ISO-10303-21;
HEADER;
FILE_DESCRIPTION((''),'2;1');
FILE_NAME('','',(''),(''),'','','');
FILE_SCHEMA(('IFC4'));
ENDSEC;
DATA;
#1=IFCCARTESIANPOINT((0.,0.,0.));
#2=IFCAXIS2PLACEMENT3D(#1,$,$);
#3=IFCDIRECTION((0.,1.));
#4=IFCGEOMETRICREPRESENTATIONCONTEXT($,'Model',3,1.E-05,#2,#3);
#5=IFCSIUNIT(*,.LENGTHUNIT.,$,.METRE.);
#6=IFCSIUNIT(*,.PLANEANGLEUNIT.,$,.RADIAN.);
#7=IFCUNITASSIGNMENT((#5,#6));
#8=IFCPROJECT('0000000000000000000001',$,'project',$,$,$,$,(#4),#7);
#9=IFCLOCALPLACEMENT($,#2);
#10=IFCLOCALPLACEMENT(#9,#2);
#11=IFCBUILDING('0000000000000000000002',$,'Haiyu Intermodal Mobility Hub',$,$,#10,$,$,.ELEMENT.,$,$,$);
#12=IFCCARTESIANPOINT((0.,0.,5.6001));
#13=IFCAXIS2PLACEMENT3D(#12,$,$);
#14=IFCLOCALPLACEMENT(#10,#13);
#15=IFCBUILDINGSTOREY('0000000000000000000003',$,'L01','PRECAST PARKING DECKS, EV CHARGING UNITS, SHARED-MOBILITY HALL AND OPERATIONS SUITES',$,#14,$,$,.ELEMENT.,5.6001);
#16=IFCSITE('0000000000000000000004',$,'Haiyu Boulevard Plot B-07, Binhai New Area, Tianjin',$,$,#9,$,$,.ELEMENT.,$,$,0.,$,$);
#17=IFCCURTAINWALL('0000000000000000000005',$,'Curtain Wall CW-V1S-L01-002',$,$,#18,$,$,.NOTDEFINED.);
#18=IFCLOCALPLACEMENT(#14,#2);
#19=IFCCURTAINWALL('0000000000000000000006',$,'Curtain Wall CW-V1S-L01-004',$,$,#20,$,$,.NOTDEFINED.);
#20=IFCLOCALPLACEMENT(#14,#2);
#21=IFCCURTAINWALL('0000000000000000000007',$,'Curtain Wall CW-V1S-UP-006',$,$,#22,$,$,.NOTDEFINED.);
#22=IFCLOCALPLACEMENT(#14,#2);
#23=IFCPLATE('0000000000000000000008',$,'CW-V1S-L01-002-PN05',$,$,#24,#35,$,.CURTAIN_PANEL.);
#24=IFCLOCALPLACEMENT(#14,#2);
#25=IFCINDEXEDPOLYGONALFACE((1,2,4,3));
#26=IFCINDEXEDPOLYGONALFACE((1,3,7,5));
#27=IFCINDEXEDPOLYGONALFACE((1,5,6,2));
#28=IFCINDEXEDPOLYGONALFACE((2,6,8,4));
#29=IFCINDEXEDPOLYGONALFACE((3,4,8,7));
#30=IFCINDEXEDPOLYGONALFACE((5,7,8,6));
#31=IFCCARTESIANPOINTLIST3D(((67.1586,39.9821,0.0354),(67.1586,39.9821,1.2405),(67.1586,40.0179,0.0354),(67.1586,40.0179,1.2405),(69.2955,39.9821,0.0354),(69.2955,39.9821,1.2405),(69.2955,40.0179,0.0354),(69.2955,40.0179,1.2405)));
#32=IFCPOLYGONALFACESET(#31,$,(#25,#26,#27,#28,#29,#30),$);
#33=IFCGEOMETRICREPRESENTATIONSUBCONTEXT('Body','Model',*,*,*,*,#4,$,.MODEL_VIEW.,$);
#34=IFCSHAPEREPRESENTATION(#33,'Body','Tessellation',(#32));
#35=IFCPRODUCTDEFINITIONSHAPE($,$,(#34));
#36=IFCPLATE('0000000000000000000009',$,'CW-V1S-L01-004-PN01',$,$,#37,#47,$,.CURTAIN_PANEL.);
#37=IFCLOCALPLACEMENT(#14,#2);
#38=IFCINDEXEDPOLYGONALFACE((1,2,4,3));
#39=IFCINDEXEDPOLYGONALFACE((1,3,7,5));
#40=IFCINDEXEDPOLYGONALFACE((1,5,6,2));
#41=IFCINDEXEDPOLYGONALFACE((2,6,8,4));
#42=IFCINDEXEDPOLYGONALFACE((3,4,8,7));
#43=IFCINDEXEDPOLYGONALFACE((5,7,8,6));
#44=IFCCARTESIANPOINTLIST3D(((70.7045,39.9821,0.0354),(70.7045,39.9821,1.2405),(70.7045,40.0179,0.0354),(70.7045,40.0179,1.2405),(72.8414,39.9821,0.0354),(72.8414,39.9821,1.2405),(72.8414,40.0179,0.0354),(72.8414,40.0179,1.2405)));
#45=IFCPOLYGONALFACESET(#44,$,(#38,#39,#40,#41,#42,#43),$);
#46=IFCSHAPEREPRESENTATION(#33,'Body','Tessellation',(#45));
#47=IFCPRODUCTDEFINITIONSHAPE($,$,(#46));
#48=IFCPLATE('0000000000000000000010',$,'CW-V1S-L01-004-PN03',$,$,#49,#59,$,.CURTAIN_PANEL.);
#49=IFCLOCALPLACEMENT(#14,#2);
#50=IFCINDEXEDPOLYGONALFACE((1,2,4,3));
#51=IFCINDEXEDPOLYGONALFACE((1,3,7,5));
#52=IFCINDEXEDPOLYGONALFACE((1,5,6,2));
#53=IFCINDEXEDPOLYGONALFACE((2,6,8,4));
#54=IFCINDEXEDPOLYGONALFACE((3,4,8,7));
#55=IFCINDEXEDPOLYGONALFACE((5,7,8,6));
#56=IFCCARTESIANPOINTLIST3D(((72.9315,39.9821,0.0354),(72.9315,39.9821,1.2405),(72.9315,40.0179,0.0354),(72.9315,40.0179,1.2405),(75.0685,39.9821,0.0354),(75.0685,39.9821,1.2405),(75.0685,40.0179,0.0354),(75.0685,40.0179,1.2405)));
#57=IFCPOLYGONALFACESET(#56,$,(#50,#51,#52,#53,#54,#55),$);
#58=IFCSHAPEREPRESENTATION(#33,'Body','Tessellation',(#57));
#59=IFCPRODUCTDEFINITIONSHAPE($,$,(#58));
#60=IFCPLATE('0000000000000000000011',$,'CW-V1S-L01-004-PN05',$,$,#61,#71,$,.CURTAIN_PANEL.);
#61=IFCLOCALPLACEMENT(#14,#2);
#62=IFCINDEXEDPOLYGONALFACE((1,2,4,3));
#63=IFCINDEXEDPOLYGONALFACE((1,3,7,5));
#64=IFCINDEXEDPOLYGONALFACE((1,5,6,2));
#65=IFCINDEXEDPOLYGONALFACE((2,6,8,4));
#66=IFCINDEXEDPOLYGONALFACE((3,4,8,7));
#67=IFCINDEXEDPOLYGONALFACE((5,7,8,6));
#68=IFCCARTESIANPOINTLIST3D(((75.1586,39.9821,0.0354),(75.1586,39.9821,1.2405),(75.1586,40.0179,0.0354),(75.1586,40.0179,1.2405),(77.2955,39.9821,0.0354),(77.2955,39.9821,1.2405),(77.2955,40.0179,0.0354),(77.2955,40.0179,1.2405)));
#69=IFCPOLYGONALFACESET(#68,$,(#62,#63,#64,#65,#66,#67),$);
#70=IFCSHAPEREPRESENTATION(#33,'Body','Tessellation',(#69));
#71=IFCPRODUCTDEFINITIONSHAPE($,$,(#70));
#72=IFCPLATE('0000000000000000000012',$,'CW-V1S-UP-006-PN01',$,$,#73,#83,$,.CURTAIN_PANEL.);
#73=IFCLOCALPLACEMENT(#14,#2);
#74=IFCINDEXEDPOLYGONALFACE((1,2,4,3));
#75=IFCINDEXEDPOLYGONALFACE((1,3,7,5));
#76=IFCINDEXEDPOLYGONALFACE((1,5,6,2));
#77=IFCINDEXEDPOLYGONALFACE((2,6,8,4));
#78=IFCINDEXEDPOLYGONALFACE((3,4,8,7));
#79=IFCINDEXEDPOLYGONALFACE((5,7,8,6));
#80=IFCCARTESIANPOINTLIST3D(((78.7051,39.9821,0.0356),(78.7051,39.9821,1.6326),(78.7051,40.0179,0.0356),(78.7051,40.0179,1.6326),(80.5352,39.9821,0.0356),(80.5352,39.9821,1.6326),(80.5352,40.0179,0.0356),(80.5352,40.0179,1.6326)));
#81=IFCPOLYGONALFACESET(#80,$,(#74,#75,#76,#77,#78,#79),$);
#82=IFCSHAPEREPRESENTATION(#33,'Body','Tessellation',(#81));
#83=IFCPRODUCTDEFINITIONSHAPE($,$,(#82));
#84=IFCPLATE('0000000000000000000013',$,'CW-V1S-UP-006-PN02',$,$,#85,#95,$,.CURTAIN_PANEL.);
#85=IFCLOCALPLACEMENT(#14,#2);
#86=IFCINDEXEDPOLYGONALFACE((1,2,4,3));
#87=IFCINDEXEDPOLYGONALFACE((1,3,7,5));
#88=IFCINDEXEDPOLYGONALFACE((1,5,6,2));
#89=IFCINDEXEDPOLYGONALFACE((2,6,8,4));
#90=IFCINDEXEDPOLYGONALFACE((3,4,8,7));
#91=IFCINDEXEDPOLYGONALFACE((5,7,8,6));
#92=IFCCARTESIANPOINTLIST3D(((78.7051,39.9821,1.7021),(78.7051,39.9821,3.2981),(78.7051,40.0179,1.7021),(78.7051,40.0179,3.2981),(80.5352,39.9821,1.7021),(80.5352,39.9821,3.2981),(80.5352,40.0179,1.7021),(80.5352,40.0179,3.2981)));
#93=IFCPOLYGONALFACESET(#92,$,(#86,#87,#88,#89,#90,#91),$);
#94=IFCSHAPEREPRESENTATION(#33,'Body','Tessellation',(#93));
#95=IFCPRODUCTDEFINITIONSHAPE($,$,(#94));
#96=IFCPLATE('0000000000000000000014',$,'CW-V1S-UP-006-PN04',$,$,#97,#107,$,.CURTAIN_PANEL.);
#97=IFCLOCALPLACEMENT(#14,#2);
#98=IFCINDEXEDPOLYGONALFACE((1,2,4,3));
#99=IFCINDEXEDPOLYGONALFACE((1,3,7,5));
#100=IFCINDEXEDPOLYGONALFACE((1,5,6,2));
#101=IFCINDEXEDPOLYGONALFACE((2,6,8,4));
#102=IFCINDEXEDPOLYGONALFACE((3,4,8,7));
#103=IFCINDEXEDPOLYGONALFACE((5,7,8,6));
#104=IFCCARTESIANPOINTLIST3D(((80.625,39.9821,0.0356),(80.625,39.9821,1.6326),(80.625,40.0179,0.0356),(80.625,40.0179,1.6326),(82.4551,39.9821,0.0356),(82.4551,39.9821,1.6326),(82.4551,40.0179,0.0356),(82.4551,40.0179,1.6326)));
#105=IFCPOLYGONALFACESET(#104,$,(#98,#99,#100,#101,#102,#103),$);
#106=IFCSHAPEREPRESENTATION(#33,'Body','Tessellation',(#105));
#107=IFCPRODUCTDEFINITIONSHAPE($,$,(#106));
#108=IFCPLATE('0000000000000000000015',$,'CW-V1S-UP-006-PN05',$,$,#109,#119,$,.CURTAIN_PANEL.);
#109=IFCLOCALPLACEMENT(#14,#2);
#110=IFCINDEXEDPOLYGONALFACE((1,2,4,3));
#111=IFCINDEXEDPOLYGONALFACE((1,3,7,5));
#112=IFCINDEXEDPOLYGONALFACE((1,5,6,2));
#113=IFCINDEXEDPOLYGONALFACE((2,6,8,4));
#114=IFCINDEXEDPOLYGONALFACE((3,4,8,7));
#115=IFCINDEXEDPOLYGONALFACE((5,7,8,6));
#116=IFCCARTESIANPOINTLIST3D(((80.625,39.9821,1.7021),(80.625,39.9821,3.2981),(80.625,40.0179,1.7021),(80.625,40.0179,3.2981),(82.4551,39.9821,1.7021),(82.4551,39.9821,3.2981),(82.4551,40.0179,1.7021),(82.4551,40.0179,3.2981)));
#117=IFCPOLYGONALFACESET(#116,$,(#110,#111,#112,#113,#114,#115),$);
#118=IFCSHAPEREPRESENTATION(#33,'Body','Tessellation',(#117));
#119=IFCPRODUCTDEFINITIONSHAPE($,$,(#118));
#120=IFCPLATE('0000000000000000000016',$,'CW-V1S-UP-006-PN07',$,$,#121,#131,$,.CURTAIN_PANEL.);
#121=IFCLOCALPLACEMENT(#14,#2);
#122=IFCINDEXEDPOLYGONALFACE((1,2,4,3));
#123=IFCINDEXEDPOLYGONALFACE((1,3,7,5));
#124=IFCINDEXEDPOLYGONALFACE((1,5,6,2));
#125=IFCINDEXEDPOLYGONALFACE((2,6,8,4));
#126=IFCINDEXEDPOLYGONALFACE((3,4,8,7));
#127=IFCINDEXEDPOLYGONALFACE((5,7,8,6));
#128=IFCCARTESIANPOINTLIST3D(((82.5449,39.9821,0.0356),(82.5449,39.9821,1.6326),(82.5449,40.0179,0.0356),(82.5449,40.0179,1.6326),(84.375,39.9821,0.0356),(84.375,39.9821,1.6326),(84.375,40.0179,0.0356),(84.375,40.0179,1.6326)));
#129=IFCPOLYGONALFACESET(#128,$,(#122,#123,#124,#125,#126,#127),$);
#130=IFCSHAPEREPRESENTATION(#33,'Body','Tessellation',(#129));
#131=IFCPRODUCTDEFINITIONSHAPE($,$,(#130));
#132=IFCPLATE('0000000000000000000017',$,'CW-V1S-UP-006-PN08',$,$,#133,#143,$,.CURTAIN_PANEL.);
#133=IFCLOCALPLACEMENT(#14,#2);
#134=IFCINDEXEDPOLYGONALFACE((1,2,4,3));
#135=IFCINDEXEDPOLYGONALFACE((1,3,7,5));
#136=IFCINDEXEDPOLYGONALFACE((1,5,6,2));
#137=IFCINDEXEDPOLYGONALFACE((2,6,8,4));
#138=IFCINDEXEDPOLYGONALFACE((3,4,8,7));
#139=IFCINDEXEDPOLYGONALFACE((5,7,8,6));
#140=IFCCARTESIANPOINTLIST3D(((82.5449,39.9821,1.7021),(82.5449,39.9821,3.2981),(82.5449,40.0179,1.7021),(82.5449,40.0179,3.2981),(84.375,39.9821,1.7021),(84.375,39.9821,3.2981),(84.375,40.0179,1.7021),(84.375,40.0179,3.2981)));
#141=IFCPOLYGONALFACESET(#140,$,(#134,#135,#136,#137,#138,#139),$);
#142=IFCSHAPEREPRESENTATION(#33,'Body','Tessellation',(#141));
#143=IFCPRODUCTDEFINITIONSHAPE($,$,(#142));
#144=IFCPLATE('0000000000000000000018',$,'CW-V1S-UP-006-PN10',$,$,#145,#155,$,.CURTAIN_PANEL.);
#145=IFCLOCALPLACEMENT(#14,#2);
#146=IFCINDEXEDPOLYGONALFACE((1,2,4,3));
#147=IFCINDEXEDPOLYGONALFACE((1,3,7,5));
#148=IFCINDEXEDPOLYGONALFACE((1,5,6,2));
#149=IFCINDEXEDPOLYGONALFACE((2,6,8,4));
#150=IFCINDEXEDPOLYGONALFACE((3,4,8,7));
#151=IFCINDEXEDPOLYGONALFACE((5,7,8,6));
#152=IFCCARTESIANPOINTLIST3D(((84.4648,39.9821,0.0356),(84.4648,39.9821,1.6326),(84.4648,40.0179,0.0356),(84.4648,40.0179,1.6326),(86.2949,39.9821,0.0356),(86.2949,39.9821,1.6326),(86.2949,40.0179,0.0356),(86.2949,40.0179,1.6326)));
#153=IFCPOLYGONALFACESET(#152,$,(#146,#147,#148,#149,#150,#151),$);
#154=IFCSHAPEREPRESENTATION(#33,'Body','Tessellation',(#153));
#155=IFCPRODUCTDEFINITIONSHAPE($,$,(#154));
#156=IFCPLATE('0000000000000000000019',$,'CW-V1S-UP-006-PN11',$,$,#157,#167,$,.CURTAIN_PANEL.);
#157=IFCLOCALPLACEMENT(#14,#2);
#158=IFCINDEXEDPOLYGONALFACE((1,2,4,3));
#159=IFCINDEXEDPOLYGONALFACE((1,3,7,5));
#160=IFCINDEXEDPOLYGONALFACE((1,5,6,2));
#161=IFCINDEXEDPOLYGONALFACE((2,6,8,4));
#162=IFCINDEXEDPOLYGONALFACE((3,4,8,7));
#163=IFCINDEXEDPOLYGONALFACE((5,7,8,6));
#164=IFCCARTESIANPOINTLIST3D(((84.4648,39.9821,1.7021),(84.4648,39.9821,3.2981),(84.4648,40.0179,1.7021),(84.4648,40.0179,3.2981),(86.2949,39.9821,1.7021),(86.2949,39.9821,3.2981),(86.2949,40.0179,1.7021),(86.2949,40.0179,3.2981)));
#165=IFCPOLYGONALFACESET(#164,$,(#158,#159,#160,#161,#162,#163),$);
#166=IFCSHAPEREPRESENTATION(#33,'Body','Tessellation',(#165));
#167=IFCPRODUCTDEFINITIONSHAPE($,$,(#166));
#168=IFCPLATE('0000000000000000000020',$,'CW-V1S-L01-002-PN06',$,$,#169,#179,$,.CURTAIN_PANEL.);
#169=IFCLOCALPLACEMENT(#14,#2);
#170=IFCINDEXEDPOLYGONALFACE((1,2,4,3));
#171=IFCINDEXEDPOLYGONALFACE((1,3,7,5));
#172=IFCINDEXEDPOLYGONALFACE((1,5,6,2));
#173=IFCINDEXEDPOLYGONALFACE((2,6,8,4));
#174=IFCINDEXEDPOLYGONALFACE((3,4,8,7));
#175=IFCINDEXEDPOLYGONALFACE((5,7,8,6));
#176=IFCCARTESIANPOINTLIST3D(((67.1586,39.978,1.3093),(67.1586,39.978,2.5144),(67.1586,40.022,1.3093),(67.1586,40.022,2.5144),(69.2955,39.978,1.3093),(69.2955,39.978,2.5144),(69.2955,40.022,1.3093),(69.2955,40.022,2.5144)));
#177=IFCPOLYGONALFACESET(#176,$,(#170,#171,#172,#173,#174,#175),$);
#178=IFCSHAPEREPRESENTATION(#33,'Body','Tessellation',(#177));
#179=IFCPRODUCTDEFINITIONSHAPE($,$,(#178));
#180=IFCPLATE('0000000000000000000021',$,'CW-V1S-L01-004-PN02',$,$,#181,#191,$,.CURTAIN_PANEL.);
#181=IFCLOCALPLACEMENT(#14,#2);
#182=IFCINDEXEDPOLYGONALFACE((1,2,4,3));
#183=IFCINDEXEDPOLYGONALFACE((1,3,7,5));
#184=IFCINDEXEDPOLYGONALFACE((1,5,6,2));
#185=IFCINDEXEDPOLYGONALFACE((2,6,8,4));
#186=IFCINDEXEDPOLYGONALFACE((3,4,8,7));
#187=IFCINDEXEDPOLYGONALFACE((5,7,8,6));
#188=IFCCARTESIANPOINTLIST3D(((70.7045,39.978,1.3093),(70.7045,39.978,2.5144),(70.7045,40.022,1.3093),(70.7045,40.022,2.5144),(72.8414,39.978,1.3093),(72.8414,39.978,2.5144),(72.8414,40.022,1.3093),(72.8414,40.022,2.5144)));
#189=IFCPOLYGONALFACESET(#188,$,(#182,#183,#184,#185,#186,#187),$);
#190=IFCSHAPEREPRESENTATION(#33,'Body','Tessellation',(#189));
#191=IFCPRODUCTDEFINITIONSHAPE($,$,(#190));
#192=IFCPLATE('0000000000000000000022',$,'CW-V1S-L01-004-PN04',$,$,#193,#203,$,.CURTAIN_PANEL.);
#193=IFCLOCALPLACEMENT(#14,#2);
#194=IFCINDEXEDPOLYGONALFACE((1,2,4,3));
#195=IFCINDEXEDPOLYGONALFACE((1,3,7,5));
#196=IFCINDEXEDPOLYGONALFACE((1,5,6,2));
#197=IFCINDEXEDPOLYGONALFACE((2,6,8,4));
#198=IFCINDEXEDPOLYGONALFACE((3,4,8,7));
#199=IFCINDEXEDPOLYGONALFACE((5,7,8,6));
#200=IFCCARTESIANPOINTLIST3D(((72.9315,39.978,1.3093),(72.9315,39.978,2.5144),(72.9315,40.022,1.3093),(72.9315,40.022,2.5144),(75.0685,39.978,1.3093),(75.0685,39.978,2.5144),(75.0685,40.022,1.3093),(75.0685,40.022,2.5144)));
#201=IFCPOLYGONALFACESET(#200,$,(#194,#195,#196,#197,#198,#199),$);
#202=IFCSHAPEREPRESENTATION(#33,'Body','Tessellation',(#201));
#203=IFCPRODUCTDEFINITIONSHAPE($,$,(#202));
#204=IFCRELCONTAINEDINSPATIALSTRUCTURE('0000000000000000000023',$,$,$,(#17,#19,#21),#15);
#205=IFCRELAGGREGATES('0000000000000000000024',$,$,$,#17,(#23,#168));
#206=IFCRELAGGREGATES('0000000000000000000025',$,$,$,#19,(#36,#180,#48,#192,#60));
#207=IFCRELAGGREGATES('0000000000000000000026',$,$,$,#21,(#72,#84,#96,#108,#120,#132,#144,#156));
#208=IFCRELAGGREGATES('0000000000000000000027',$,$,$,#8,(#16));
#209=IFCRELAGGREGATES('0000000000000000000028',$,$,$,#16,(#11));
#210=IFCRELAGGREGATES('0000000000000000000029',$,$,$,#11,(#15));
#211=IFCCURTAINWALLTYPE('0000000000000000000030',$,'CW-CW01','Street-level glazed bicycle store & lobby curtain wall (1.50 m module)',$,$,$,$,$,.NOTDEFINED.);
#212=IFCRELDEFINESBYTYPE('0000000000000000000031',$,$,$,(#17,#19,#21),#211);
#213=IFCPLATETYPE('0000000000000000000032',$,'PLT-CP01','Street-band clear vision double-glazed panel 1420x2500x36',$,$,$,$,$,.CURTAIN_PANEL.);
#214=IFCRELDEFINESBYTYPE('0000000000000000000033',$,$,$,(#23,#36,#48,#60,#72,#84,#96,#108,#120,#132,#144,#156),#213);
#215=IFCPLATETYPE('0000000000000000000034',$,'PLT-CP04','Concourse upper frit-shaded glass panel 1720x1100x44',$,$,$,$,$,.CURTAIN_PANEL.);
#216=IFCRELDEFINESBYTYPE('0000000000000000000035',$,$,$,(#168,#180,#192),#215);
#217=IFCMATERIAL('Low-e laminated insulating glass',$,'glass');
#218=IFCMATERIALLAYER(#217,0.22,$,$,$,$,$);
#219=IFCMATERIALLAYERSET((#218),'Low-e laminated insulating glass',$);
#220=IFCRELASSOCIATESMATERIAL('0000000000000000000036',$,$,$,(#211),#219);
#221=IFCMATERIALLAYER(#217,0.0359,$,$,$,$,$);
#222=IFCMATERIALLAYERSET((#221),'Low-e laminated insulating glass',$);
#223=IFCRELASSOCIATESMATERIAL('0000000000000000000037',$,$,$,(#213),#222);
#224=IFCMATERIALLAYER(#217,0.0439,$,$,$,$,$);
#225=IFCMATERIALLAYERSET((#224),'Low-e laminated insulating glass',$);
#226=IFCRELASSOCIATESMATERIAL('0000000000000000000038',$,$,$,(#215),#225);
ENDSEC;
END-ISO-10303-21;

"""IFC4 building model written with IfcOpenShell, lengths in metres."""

from ifc_helpers import new_model, si_unit, direction, frame, origin, origin_2d, place, context, subcontext, project, spatial, rectangle, extrude, material, layer, layer_set, type_object, element, aggregate, save


model = new_model("IFC4")

# Units and contexts
model_context = context("Model", 3, precision=1e-05, world=origin(), true_north=direction((0.0, 1.0)))
body_context = subcontext(model_context, "Body", "Model", "MODEL_VIEW")
ifc_project = project(units=[si_unit("LENGTHUNIT", "METRE"), si_unit("PLANEANGLEUNIT", "RADIAN")], contexts=[model_context])

# Site, building, storey
site_placement = place(None, origin())
site = spatial("IfcSite", under=ifc_project, at=site_placement, Name="Haiyu Boulevard Plot B-07, Binhai New Area, Tianjin", CompositionType="ELEMENT", RefElevation=0.0)
building_placement = place(site_placement, origin())
building = spatial("IfcBuilding", under=site, at=building_placement, Name="Haiyu Intermodal Mobility Hub", CompositionType="ELEMENT")
storey_placement = place(building_placement, frame((0.0, 0.0, 5.6001)))
storey = spatial("IfcBuildingStorey", under=building, at=storey_placement, Name="L01", Description="PRECAST PARKING DECKS, EV CHARGING UNITS, SHARED-MOBILITY HALL AND OPERATIONS SUITES", CompositionType="ELEMENT", Elevation=5.6001)

# Curtain walls
ifc_material_1 = material(Name="Low-e laminated insulating glass", Category="glass")
ifc_layer_1 = layer(ifc_material_1, 0.22)
ifc_layer_set_1 = layer_set([ifc_layer_1], Name="Low-e laminated insulating glass")
curtain_wall_type = type_object("IfcCurtainWallType", Name="CW-CW01", Description="Street-level glazed bicycle store & lobby curtain wall (1.50 m module)", PredefinedType="NOTDEFINED", material=ifc_layer_set_1)
curtain_wall_1_placement = place(storey_placement, origin())
curtain_wall_1 = element("IfcCurtainWall", 1, at=curtain_wall_1_placement, inside=storey, type_object=curtain_wall_type, Name="Curtain Wall CW-V1S-L01-002", PredefinedType="NOTDEFINED")
curtain_wall_2_placement = place(storey_placement, origin())
curtain_wall_2 = element("IfcCurtainWall", 2, at=curtain_wall_2_placement, inside=storey, type_object=curtain_wall_type, Name="Curtain Wall CW-V1S-L01-004", PredefinedType="NOTDEFINED")
curtain_wall_3_placement = place(storey_placement, origin())
curtain_wall_3 = element("IfcCurtainWall", 3, at=curtain_wall_3_placement, inside=storey, type_object=curtain_wall_type, Name="Curtain Wall CW-V1S-UP-006", PredefinedType="NOTDEFINED")

# Plates
ifc_layer_2 = layer(ifc_material_1, 0.0359)
ifc_layer_set_2 = layer_set([ifc_layer_2], Name="Low-e laminated insulating glass")
plate_type_1 = type_object("IfcPlateType", Name="PLT-CP01", Description="Street-band clear vision double-glazed panel 1420x2500x36", PredefinedType="CURTAIN_PANEL", material=ifc_layer_set_2)
plate_1_placement = place(storey_placement, frame((68.2271, 40.0, 0.0354), z_axis=(0.0, 0.0, 1.0), x_axis=(1.0, 0.0, 0.0)))
plate_1 = element("IfcPlate", 4, at=plate_1_placement, type_object=plate_type_1, Name="CW-V1S-L01-002-PN05", PredefinedType="CURTAIN_PANEL", context=body_context, shape_type="SweptSolid", body=[
    extrude(rectangle(XDim=2.137, YDim=0.0359, at=origin_2d()), origin(), (0.0, 0.0, 1.0), 1.2051),
])
plate_2_placement = place(storey_placement, frame((71.7729, 40.0, 0.0354), z_axis=(0.0, 0.0, 1.0), x_axis=(1.0, 0.0, 0.0)))
plate_2 = element("IfcPlate", 5, at=plate_2_placement, type_object=plate_type_1, Name="CW-V1S-L01-004-PN01", PredefinedType="CURTAIN_PANEL", context=body_context, shape_type="SweptSolid", body=[
    extrude(rectangle(XDim=2.137, YDim=0.0359, at=origin_2d()), origin(), (0.0, 0.0, 1.0), 1.2051),
])
plate_3_placement = place(storey_placement, frame((74.0, 40.0, 0.0354), z_axis=(0.0, 0.0, 1.0), x_axis=(1.0, 0.0, 0.0)))
plate_3 = element("IfcPlate", 6, at=plate_3_placement, type_object=plate_type_1, Name="CW-V1S-L01-004-PN03", PredefinedType="CURTAIN_PANEL", context=body_context, shape_type="SweptSolid", body=[
    extrude(rectangle(XDim=2.137, YDim=0.0359, at=origin_2d()), origin(), (0.0, 0.0, 1.0), 1.2051),
])
plate_4_placement = place(storey_placement, frame((76.2271, 40.0, 0.0354), z_axis=(0.0, 0.0, 1.0), x_axis=(1.0, 0.0, 0.0)))
plate_4 = element("IfcPlate", 7, at=plate_4_placement, type_object=plate_type_1, Name="CW-V1S-L01-004-PN05", PredefinedType="CURTAIN_PANEL", context=body_context, shape_type="SweptSolid", body=[
    extrude(rectangle(XDim=2.137, YDim=0.0359, at=origin_2d()), origin(), (0.0, 0.0, 1.0), 1.2051),
])
plate_5_placement = place(storey_placement, frame((79.6201, 40.0, 0.0356), z_axis=(0.0, 0.0, 1.0), x_axis=(1.0, 0.0, 0.0)))
plate_5 = element("IfcPlate", 8, at=plate_5_placement, type_object=plate_type_1, Name="CW-V1S-UP-006-PN01", PredefinedType="CURTAIN_PANEL", context=body_context, shape_type="SweptSolid", body=[
    extrude(rectangle(XDim=1.8301, YDim=0.0359, at=origin_2d()), origin(), (0.0, 0.0, 1.0), 1.5969),
])
plate_6_placement = place(storey_placement, frame((79.6201, 40.0, 1.7021), z_axis=(0.0, 0.0, 1.0), x_axis=(1.0, 0.0, 0.0)))
plate_6 = element("IfcPlate", 9, at=plate_6_placement, type_object=plate_type_1, Name="CW-V1S-UP-006-PN02", PredefinedType="CURTAIN_PANEL", context=body_context, shape_type="SweptSolid", body=[
    extrude(rectangle(XDim=1.8301, YDim=0.0359, at=origin_2d()), origin(), (0.0, 0.0, 1.0), 1.5959),
])
plate_7_placement = place(storey_placement, frame((81.54, 40.0, 0.0356), z_axis=(0.0, 0.0, 1.0), x_axis=(1.0, 0.0, 0.0)))
plate_7 = element("IfcPlate", 10, at=plate_7_placement, type_object=plate_type_1, Name="CW-V1S-UP-006-PN04", PredefinedType="CURTAIN_PANEL", context=body_context, shape_type="SweptSolid", body=[
    extrude(rectangle(XDim=1.8301, YDim=0.0359, at=origin_2d()), origin(), (0.0, 0.0, 1.0), 1.5969),
])
plate_8_placement = place(storey_placement, frame((81.54, 40.0, 1.7021), z_axis=(0.0, 0.0, 1.0), x_axis=(1.0, 0.0, 0.0)))
plate_8 = element("IfcPlate", 11, at=plate_8_placement, type_object=plate_type_1, Name="CW-V1S-UP-006-PN05", PredefinedType="CURTAIN_PANEL", context=body_context, shape_type="SweptSolid", body=[
    extrude(rectangle(XDim=1.8301, YDim=0.0359, at=origin_2d()), origin(), (0.0, 0.0, 1.0), 1.5959),
])
plate_9_placement = place(storey_placement, frame((83.46, 40.0, 0.0356), z_axis=(0.0, 0.0, 1.0), x_axis=(1.0, 0.0, 0.0)))
plate_9 = element("IfcPlate", 12, at=plate_9_placement, type_object=plate_type_1, Name="CW-V1S-UP-006-PN07", PredefinedType="CURTAIN_PANEL", context=body_context, shape_type="SweptSolid", body=[
    extrude(rectangle(XDim=1.8301, YDim=0.0359, at=origin_2d()), origin(), (0.0, 0.0, 1.0), 1.5969),
])
plate_10_placement = place(storey_placement, frame((83.46, 40.0, 1.7021), z_axis=(0.0, 0.0, 1.0), x_axis=(1.0, 0.0, 0.0)))
plate_10 = element("IfcPlate", 13, at=plate_10_placement, type_object=plate_type_1, Name="CW-V1S-UP-006-PN08", PredefinedType="CURTAIN_PANEL", context=body_context, shape_type="SweptSolid", body=[
    extrude(rectangle(XDim=1.8301, YDim=0.0359, at=origin_2d()), origin(), (0.0, 0.0, 1.0), 1.5959),
])
plate_11_placement = place(storey_placement, frame((85.3799, 40.0, 0.0356), z_axis=(0.0, 0.0, 1.0), x_axis=(1.0, 0.0, 0.0)))
plate_11 = element("IfcPlate", 14, at=plate_11_placement, type_object=plate_type_1, Name="CW-V1S-UP-006-PN10", PredefinedType="CURTAIN_PANEL", context=body_context, shape_type="SweptSolid", body=[
    extrude(rectangle(XDim=1.8301, YDim=0.0359, at=origin_2d()), origin(), (0.0, 0.0, 1.0), 1.5969),
])
plate_12_placement = place(storey_placement, frame((85.3799, 40.0, 1.7021), z_axis=(0.0, 0.0, 1.0), x_axis=(1.0, 0.0, 0.0)))
plate_12 = element("IfcPlate", 15, at=plate_12_placement, type_object=plate_type_1, Name="CW-V1S-UP-006-PN11", PredefinedType="CURTAIN_PANEL", context=body_context, shape_type="SweptSolid", body=[
    extrude(rectangle(XDim=1.8301, YDim=0.0359, at=origin_2d()), origin(), (0.0, 0.0, 1.0), 1.5959),
])
ifc_layer_3 = layer(ifc_material_1, 0.0439)
ifc_layer_set_3 = layer_set([ifc_layer_3], Name="Low-e laminated insulating glass")
plate_type_2 = type_object("IfcPlateType", Name="PLT-CP04", Description="Concourse upper frit-shaded glass panel 1720x1100x44", PredefinedType="CURTAIN_PANEL", material=ifc_layer_set_3)
plate_13_placement = place(storey_placement, frame((68.2271, 40.0, 1.3093), z_axis=(0.0, 0.0, 1.0), x_axis=(1.0, 0.0, 0.0)))
plate_13 = element("IfcPlate", 16, at=plate_13_placement, type_object=plate_type_2, Name="CW-V1S-L01-002-PN06", PredefinedType="CURTAIN_PANEL", context=body_context, shape_type="SweptSolid", body=[
    extrude(rectangle(XDim=2.137, YDim=0.0439, at=origin_2d()), origin(), (0.0, 0.0, 1.0), 1.2051),
])
aggregate(curtain_wall_1, [plate_1, plate_13])
plate_14_placement = place(storey_placement, frame((71.7729, 40.0, 1.3093), z_axis=(0.0, 0.0, 1.0), x_axis=(1.0, 0.0, 0.0)))
plate_14 = element("IfcPlate", 17, at=plate_14_placement, type_object=plate_type_2, Name="CW-V1S-L01-004-PN02", PredefinedType="CURTAIN_PANEL", context=body_context, shape_type="SweptSolid", body=[
    extrude(rectangle(XDim=2.137, YDim=0.0439, at=origin_2d()), origin(), (0.0, 0.0, 1.0), 1.2051),
])
plate_15_placement = place(storey_placement, frame((74.0, 40.0, 1.3093), z_axis=(0.0, 0.0, 1.0), x_axis=(1.0, 0.0, 0.0)))
plate_15 = element("IfcPlate", 18, at=plate_15_placement, type_object=plate_type_2, Name="CW-V1S-L01-004-PN04", PredefinedType="CURTAIN_PANEL", context=body_context, shape_type="SweptSolid", body=[
    extrude(rectangle(XDim=2.137, YDim=0.0439, at=origin_2d()), origin(), (0.0, 0.0, 1.0), 1.2051),
])
aggregate(curtain_wall_2, [plate_2, plate_14, plate_3, plate_15, plate_4])
aggregate(curtain_wall_3, [plate_5, plate_6, plate_7, plate_8, plate_9, plate_10, plate_11, plate_12])

save(model, "model.ifc")
